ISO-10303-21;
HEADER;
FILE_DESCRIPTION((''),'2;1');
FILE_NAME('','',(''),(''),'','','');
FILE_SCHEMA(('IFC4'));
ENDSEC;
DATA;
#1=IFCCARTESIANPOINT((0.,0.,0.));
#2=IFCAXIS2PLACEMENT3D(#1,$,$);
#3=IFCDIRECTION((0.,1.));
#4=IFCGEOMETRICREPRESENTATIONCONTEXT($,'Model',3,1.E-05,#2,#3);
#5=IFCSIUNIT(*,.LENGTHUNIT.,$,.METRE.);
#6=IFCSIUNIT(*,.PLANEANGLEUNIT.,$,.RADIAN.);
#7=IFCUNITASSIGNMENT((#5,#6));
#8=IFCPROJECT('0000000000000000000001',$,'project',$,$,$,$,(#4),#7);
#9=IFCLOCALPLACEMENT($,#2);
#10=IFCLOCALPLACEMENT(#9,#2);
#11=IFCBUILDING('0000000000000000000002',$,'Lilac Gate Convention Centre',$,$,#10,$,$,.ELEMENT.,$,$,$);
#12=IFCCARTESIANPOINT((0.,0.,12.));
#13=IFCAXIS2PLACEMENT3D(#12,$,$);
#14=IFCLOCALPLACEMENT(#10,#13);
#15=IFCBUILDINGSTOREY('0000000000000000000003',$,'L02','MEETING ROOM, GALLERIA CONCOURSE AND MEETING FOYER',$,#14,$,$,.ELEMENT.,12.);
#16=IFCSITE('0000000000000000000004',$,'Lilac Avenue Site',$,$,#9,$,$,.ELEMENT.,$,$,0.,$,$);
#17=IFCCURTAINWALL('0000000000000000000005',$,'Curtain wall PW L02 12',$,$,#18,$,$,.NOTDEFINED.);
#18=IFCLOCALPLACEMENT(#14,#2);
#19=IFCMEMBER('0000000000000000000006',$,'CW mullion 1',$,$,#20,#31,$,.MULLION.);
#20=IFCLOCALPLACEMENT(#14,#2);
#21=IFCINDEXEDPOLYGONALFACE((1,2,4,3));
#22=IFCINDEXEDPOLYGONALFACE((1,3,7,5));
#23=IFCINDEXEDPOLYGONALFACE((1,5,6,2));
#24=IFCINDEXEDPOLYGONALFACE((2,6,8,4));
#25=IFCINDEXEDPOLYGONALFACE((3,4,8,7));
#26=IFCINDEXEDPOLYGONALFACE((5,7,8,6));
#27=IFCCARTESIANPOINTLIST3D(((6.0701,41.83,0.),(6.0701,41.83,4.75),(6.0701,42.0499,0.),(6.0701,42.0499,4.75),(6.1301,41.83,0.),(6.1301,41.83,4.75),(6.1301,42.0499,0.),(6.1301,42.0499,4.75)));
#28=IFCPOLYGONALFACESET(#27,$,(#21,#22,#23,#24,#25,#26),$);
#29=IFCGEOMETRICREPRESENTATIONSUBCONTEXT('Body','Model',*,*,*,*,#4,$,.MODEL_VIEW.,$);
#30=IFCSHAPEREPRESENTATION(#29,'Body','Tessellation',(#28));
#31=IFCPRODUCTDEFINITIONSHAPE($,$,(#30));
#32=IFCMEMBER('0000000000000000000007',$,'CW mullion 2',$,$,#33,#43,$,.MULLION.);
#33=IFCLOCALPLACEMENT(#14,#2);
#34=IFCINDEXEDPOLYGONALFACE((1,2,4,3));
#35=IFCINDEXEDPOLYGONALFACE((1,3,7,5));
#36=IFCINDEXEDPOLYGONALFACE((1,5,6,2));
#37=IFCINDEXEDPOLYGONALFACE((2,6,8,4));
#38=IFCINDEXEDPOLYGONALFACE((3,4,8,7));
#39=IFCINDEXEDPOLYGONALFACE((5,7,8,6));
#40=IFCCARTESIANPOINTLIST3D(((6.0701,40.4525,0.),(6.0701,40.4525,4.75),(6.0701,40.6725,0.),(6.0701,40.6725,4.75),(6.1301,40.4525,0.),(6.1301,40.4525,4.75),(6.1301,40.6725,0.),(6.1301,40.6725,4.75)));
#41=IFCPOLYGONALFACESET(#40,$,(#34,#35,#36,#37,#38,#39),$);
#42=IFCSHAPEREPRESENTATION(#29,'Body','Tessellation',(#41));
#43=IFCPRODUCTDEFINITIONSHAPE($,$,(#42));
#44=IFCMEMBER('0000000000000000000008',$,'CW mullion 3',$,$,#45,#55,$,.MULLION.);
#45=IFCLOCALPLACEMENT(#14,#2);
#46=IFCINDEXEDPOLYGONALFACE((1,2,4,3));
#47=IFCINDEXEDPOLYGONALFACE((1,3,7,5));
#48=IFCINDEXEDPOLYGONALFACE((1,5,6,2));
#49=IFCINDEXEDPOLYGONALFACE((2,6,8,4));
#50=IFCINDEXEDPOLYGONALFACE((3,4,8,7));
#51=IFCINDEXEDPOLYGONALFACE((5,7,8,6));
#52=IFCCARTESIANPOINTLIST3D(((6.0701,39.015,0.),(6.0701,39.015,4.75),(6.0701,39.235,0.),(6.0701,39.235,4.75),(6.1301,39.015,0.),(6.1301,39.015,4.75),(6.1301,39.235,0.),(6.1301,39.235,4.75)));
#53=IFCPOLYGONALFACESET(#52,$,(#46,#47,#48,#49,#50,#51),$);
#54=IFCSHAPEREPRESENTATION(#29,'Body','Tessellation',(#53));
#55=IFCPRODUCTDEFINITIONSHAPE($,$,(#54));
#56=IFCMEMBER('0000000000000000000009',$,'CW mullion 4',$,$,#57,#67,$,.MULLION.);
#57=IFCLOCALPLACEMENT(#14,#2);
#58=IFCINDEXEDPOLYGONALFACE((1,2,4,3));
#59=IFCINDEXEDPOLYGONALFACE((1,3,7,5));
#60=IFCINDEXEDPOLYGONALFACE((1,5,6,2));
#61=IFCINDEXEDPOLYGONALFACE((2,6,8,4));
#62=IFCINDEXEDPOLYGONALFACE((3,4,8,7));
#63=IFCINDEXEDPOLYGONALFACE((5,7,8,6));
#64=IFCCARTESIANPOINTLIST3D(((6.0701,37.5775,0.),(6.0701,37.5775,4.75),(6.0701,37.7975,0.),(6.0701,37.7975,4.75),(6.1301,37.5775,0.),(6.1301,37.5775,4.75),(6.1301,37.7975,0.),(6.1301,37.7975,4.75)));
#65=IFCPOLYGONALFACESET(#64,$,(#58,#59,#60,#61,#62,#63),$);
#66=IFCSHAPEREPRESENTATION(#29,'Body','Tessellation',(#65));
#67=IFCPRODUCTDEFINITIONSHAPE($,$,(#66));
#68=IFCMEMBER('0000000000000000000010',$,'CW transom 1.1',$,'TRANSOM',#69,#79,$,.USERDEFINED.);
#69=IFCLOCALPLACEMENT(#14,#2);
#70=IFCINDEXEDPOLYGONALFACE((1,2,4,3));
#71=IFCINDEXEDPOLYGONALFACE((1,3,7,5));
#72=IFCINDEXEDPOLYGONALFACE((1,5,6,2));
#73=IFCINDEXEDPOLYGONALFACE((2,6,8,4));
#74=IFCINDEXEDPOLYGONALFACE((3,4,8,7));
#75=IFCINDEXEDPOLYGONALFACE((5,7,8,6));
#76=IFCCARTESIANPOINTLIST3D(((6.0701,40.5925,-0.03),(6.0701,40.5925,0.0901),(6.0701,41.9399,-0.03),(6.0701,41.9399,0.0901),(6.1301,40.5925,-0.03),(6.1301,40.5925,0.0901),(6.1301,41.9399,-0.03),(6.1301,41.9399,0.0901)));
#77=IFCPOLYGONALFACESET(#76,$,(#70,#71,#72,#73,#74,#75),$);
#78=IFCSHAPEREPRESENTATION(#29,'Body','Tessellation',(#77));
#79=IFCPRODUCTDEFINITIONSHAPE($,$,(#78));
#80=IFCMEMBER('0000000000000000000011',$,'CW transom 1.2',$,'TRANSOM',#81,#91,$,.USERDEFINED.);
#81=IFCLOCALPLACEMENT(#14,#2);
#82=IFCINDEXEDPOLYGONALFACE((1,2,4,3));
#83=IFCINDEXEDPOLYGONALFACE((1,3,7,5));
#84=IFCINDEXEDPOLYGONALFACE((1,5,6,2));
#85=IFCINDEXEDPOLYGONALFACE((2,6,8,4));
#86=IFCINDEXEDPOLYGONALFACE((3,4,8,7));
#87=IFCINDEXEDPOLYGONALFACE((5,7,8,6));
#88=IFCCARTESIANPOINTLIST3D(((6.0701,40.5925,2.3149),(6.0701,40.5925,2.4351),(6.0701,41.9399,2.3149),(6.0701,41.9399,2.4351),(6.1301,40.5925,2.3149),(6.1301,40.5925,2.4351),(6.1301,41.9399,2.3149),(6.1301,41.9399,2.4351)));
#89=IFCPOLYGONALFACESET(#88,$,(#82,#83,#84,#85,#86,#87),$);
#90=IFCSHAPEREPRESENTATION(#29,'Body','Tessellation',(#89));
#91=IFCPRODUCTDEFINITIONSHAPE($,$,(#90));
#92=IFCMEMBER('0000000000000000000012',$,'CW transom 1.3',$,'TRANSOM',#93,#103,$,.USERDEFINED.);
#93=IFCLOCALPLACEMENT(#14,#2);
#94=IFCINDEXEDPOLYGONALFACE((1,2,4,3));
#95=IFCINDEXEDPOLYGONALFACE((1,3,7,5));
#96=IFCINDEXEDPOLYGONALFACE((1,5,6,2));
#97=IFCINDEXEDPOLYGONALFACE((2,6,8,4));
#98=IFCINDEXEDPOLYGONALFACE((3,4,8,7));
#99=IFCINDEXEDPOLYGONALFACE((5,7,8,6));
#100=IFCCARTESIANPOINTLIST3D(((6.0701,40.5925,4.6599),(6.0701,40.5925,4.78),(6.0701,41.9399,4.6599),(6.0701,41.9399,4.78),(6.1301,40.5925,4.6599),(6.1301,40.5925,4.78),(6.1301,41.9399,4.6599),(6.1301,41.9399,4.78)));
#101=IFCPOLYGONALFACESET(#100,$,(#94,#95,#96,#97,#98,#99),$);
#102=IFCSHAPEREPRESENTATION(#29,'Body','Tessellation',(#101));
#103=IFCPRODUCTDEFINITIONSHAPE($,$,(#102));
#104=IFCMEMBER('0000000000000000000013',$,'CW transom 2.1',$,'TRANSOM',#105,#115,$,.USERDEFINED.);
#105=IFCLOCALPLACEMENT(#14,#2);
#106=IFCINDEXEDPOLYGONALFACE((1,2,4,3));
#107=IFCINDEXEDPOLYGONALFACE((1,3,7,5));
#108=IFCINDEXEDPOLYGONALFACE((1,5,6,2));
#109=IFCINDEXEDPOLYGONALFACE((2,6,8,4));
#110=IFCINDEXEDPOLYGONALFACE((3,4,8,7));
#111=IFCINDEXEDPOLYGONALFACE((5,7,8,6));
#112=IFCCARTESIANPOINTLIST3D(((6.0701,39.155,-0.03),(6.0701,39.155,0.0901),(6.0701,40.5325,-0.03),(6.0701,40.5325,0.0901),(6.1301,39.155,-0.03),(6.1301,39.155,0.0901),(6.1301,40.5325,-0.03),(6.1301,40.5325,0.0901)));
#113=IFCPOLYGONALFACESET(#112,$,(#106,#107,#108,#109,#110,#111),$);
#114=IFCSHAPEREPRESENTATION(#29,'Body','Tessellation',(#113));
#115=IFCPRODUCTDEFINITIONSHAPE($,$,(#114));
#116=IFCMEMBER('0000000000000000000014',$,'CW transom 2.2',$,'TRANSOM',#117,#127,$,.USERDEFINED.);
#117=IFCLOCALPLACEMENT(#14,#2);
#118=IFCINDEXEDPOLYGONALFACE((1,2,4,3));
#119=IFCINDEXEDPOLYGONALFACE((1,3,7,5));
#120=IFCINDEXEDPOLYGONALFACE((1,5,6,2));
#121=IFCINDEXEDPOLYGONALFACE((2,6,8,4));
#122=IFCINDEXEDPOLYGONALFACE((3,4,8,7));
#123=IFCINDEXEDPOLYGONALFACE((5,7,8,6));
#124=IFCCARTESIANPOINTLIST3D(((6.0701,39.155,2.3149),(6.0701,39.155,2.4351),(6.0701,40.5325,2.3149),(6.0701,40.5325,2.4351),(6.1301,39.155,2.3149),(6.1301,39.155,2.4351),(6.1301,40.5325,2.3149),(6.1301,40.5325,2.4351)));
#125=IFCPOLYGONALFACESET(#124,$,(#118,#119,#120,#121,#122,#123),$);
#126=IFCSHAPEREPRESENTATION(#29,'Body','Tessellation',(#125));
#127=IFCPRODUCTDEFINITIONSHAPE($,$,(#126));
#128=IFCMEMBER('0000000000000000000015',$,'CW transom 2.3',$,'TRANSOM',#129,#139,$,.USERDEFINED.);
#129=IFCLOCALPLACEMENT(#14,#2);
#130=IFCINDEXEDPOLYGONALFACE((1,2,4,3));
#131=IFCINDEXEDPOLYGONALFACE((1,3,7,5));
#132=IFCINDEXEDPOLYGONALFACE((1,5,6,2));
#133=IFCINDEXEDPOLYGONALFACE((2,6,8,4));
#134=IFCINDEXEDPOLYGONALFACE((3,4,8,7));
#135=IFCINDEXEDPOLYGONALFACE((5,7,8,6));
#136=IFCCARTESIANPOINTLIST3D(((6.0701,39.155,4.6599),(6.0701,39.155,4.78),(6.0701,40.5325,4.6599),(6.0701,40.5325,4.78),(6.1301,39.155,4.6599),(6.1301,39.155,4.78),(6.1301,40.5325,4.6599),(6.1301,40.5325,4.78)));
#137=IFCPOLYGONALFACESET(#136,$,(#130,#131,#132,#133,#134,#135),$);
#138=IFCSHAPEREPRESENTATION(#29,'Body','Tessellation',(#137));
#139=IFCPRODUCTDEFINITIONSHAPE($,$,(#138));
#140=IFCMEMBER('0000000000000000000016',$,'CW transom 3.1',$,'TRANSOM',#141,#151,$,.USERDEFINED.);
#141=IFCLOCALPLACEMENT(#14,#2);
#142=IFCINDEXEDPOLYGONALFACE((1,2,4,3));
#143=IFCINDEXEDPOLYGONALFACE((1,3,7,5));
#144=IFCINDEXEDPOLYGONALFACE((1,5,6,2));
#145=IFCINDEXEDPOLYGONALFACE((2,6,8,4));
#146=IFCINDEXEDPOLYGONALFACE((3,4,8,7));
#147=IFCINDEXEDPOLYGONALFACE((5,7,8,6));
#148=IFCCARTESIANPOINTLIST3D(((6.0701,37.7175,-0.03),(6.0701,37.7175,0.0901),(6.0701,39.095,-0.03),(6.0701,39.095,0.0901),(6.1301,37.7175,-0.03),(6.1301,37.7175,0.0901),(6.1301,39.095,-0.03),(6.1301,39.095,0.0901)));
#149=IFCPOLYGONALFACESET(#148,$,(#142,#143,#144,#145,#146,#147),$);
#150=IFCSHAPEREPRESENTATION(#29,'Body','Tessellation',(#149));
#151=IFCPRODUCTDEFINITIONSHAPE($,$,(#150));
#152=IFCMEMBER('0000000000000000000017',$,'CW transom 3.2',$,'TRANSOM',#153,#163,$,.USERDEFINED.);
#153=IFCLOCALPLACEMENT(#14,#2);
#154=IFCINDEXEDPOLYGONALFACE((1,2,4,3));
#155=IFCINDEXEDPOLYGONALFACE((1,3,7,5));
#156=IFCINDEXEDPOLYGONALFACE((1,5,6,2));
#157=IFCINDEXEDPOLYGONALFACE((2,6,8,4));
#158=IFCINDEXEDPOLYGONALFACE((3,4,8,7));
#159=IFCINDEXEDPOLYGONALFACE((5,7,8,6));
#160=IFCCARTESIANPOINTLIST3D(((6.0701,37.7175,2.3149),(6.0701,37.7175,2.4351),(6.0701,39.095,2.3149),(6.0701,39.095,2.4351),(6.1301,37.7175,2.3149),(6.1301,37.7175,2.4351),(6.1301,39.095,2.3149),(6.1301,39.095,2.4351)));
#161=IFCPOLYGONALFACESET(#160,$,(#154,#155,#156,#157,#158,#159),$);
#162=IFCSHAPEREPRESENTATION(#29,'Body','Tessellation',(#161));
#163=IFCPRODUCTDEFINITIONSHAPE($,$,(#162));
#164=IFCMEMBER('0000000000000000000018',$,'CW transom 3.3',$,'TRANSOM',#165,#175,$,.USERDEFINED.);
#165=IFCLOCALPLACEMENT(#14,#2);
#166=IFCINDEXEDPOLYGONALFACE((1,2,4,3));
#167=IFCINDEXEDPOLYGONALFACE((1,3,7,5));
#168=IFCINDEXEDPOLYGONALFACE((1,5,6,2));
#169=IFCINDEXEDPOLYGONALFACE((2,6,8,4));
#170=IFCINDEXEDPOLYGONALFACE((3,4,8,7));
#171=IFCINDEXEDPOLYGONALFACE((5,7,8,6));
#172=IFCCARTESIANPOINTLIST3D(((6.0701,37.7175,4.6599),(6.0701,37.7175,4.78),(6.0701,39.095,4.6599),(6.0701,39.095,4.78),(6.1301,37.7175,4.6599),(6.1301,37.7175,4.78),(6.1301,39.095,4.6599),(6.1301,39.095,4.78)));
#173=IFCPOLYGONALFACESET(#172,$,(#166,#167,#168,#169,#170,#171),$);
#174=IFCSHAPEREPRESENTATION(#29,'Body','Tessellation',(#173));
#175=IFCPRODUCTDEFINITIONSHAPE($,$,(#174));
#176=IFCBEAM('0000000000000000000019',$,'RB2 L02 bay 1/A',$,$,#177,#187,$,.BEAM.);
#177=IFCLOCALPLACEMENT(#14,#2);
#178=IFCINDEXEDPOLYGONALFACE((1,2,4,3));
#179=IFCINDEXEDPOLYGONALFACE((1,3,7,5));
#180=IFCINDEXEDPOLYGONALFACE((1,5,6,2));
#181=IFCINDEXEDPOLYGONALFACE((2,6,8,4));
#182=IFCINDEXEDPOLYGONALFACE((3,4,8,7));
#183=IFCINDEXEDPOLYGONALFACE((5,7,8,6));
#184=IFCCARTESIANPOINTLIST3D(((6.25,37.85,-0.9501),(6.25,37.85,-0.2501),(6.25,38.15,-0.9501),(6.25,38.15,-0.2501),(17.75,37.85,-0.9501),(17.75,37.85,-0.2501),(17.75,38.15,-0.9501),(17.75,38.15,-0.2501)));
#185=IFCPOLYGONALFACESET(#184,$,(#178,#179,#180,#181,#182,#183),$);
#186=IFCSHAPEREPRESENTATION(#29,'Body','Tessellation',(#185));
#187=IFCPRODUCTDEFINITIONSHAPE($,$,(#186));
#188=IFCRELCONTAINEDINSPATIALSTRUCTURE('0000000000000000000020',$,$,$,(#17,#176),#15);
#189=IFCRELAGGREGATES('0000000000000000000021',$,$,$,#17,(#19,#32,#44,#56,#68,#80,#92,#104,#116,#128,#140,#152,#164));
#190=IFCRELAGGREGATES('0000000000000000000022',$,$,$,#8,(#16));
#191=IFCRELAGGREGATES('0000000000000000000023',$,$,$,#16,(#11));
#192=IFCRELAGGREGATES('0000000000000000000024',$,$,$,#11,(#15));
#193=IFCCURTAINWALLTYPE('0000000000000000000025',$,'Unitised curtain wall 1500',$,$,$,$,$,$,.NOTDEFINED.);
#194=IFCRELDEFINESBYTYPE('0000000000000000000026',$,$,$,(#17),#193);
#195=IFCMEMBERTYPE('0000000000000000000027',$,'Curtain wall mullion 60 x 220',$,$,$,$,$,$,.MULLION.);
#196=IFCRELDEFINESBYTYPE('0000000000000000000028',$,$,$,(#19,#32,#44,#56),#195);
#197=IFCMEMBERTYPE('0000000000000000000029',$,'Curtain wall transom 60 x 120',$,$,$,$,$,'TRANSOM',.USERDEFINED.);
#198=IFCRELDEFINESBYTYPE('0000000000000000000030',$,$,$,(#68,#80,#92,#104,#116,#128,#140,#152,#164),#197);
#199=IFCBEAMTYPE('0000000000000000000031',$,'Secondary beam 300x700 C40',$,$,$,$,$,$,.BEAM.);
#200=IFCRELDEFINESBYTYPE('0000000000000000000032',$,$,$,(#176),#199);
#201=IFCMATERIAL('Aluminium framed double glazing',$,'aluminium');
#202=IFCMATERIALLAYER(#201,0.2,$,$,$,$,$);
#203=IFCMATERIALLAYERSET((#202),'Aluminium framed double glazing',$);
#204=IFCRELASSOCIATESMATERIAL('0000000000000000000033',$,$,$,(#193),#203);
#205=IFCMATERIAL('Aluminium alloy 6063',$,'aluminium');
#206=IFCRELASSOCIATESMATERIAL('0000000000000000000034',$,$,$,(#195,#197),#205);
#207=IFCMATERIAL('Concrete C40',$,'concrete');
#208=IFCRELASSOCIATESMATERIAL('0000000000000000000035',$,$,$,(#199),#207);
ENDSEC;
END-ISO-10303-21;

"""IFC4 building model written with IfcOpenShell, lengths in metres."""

from ifc_helpers import new_model, si_unit, direction, frame, origin, origin_2d, place, context, subcontext, project, spatial, rectangle, extrude, material, layer, layer_set, material_profile, profile_set, type_object, element, aggregate, save


model = new_model("IFC4")

# Units and contexts
model_context = context("Model", 3, precision=1e-05, world=origin(), true_north=direction((0.0, 1.0)))
body_context = subcontext(model_context, "Body", "Model", "MODEL_VIEW")
ifc_project = project(units=[si_unit("LENGTHUNIT", "METRE"), si_unit("PLANEANGLEUNIT", "RADIAN")], contexts=[model_context])

# Site, building, storey
site_placement = place(None, origin())
site = spatial("IfcSite", under=ifc_project, at=site_placement, Name="Lilac Avenue Site", CompositionType="ELEMENT", RefElevation=0.0)
building_placement = place(site_placement, origin())
building = spatial("IfcBuilding", under=site, at=building_placement, Name="Lilac Gate Convention Centre", CompositionType="ELEMENT")
storey_placement = place(building_placement, frame((0.0, 0.0, 12.0)))
storey = spatial("IfcBuildingStorey", under=building, at=storey_placement, Name="L02", Description="MEETING ROOM, GALLERIA CONCOURSE AND MEETING FOYER", CompositionType="ELEMENT", Elevation=12.0)

# Curtain wall, members
ifc_material_1 = material(Name="Aluminium framed double glazing", Category="aluminium")
ifc_layer_1 = layer(ifc_material_1, 0.2)
ifc_layer_set_1 = layer_set([ifc_layer_1], Name="Aluminium framed double glazing")
curtain_wall_type = type_object("IfcCurtainWallType", Name="Unitised curtain wall 1500", PredefinedType="NOTDEFINED", material=ifc_layer_set_1)
curtain_wall_placement = place(storey_placement, origin())
curtain_wall = element("IfcCurtainWall", 1, at=curtain_wall_placement, inside=storey, type_object=curtain_wall_type, Name="Curtain wall PW L02 12", PredefinedType="NOTDEFINED")
ifc_material_2 = material(Name="Aluminium alloy 6063", Category="aluminium")
ifc_material_profile_1 = material_profile(ifc_material_2, rectangle(XDim=0.0601, YDim=0.22, at=origin_2d()), Name="Curtain wall mullion 60 x 220")
ifc_profile_set_1 = profile_set([ifc_material_profile_1], Name="Aluminium alloy 6063")
member_type_1 = type_object("IfcMemberType", Name="Curtain wall mullion 60 x 220", PredefinedType="MULLION", material=ifc_profile_set_1)
member_1_placement = place(storey_placement, frame((6.1001, 41.9399, 0.0), z_axis=(0.0, 0.0, 1.0), x_axis=(1.0, 0.0, 0.0)))
member_1 = element("IfcMember", 2, at=member_1_placement, type_object=member_type_1, Name="CW mullion 1", PredefinedType="MULLION", context=body_context, shape_type="SweptSolid", body=[
    extrude(rectangle(XDim=0.0601, YDim=0.22, at=origin_2d()), origin(), (0.0, 0.0, 1.0), 4.75),
])
member_2_placement = place(storey_placement, frame((6.1001, 40.5625, 0.0), z_axis=(0.0, 0.0, 1.0), x_axis=(1.0, 0.0, 0.0)))
member_2 = element("IfcMember", 3, at=member_2_placement, type_object=member_type_1, Name="CW mullion 2", PredefinedType="MULLION", context=body_context, shape_type="SweptSolid", body=[
    extrude(rectangle(XDim=0.0601, YDim=0.22, at=origin_2d()), origin(), (0.0, 0.0, 1.0), 4.75),
])
member_3_placement = place(storey_placement, frame((6.1001, 39.125, 0.0), z_axis=(0.0, 0.0, 1.0), x_axis=(1.0, 0.0, 0.0)))
member_3 = element("IfcMember", 4, at=member_3_placement, type_object=member_type_1, Name="CW mullion 3", PredefinedType="MULLION", context=body_context, shape_type="SweptSolid", body=[
    extrude(rectangle(XDim=0.0601, YDim=0.22, at=origin_2d()), origin(), (0.0, 0.0, 1.0), 4.75),
])
member_4_placement = place(storey_placement, frame((6.1001, 37.6875, 0.0), z_axis=(0.0, 0.0, 1.0), x_axis=(1.0, 0.0, 0.0)))
member_4 = element("IfcMember", 5, at=member_4_placement, type_object=member_type_1, Name="CW mullion 4", PredefinedType="MULLION", context=body_context, shape_type="SweptSolid", body=[
    extrude(rectangle(XDim=0.0601, YDim=0.22, at=origin_2d()), origin(), (0.0, 0.0, 1.0), 4.75),
])
ifc_material_profile_2 = material_profile(ifc_material_2, rectangle(XDim=0.0601, YDim=0.1201, at=origin_2d()), Name="Curtain wall transom 60 x 120")
ifc_profile_set_2 = profile_set([ifc_material_profile_2], Name="Aluminium alloy 6063")
member_type_2 = type_object("IfcMemberType", Name="Curtain wall transom 60 x 120", ElementType="TRANSOM", PredefinedType="USERDEFINED", material=ifc_profile_set_2)
member_5_placement = place(storey_placement, frame((6.1001, 41.9399, 0.03), z_axis=(0.0, -1.0, 0.0), x_axis=(1.0, 0.0, 0.0)))
member_5 = element("IfcMember", 6, at=member_5_placement, type_object=member_type_2, Name="CW transom 1.1", ObjectType="TRANSOM", PredefinedType="USERDEFINED", context=body_context, shape_type="SweptSolid", body=[
    extrude(rectangle(XDim=0.0601, YDim=0.1201, at=origin_2d()), origin(), (0.0, 0.0, 1.0), 1.3474),
])
member_6_placement = place(storey_placement, frame((6.1001, 41.9399, 2.375), z_axis=(0.0, -1.0, 0.0), x_axis=(1.0, 0.0, 0.0)))
member_6 = element("IfcMember", 7, at=member_6_placement, type_object=member_type_2, Name="CW transom 1.2", ObjectType="TRANSOM", PredefinedType="USERDEFINED", context=body_context, shape_type="SweptSolid", body=[
    extrude(rectangle(XDim=0.0601, YDim=0.1201, at=origin_2d()), origin(), (0.0, 0.0, 1.0), 1.3474),
])
member_7_placement = place(storey_placement, frame((6.1001, 41.9399, 4.72), z_axis=(0.0, -1.0, 0.0), x_axis=(1.0, 0.0, 0.0)))
member_7 = element("IfcMember", 8, at=member_7_placement, type_object=member_type_2, Name="CW transom 1.3", ObjectType="TRANSOM", PredefinedType="USERDEFINED", context=body_context, shape_type="SweptSolid", body=[
    extrude(rectangle(XDim=0.0601, YDim=0.1201, at=origin_2d()), origin(), (0.0, 0.0, 1.0), 1.3474),
])
member_8_placement = place(storey_placement, frame((6.1001, 40.5325, 0.03), z_axis=(0.0, -1.0, 0.0), x_axis=(1.0, 0.0, 0.0)))
member_8 = element("IfcMember", 9, at=member_8_placement, type_object=member_type_2, Name="CW transom 2.1", ObjectType="TRANSOM", PredefinedType="USERDEFINED", context=body_context, shape_type="SweptSolid", body=[
    extrude(rectangle(XDim=0.0601, YDim=0.1201, at=origin_2d()), origin(), (0.0, 0.0, 1.0), 1.3774),
])
member_9_placement = place(storey_placement, frame((6.1001, 40.5325, 2.375), z_axis=(0.0, -1.0, 0.0), x_axis=(1.0, 0.0, 0.0)))
member_9 = element("IfcMember", 10, at=member_9_placement, type_object=member_type_2, Name="CW transom 2.2", ObjectType="TRANSOM", PredefinedType="USERDEFINED", context=body_context, shape_type="SweptSolid", body=[
    extrude(rectangle(XDim=0.0601, YDim=0.1201, at=origin_2d()), origin(), (0.0, 0.0, 1.0), 1.3774),
])
member_10_placement = place(storey_placement, frame((6.1001, 40.5325, 4.72), z_axis=(0.0, -1.0, 0.0), x_axis=(1.0, 0.0, 0.0)))
member_10 = element("IfcMember", 11, at=member_10_placement, type_object=member_type_2, Name="CW transom 2.3", ObjectType="TRANSOM", PredefinedType="USERDEFINED", context=body_context, shape_type="SweptSolid", body=[
    extrude(rectangle(XDim=0.0601, YDim=0.1201, at=origin_2d()), origin(), (0.0, 0.0, 1.0), 1.3774),
])
member_11_placement = place(storey_placement, frame((6.1001, 39.095, 0.03), z_axis=(0.0, -1.0, 0.0), x_axis=(1.0, 0.0, 0.0)))
member_11 = element("IfcMember", 12, at=member_11_placement, type_object=member_type_2, Name="CW transom 3.1", ObjectType="TRANSOM", PredefinedType="USERDEFINED", context=body_context, shape_type="SweptSolid", body=[
    extrude(rectangle(XDim=0.0601, YDim=0.1201, at=origin_2d()), origin(), (0.0, 0.0, 1.0), 1.3774),
])
member_12_placement = place(storey_placement, frame((6.1001, 39.095, 2.375), z_axis=(0.0, -1.0, 0.0), x_axis=(1.0, 0.0, 0.0)))
member_12 = element("IfcMember", 13, at=member_12_placement, type_object=member_type_2, Name="CW transom 3.2", ObjectType="TRANSOM", PredefinedType="USERDEFINED", context=body_context, shape_type="SweptSolid", body=[
    extrude(rectangle(XDim=0.0601, YDim=0.1201, at=origin_2d()), origin(), (0.0, 0.0, 1.0), 1.3774),
])
member_13_placement = place(storey_placement, frame((6.1001, 39.095, 4.72), z_axis=(0.0, -1.0, 0.0), x_axis=(1.0, 0.0, 0.0)))
member_13 = element("IfcMember", 14, at=member_13_placement, type_object=member_type_2, Name="CW transom 3.3", ObjectType="TRANSOM", PredefinedType="USERDEFINED", context=body_context, shape_type="SweptSolid", body=[
    extrude(rectangle(XDim=0.0601, YDim=0.1201, at=origin_2d()), origin(), (0.0, 0.0, 1.0), 1.3774),
])

# Beam
ifc_material_3 = material(Name="Concrete C40", Category="concrete")
ifc_material_profile_3 = material_profile(ifc_material_3, rectangle(XDim=0.3, YDim=0.7, at=origin_2d()), Name="RC 300x700")
ifc_profile_set_3 = profile_set([ifc_material_profile_3], Name="Concrete C40")
beam_type = type_object("IfcBeamType", Name="Secondary beam 300x700 C40", PredefinedType="BEAM", material=ifc_profile_set_3)
beam_placement = place(storey_placement, frame((6.25, 38.0, -0.6001), z_axis=(1.0, 0.0, 0.0), x_axis=(0.0, 1.0, 0.0)))
element("IfcBeam", 15, at=beam_placement, inside=storey, type_object=beam_type, Name="RB2 L02 bay 1/A", PredefinedType="BEAM", context=body_context, shape_type="SweptSolid", body=[
    extrude(rectangle(XDim=0.3, YDim=0.7, at=origin_2d()), origin(), (0.0, 0.0, 1.0), 11.5),
])

aggregate(curtain_wall, [member_1, member_2, member_3, member_4, member_5, member_6, member_7, member_8, member_9, member_10, member_11, member_12, member_13])

save(model, "model.ifc")
